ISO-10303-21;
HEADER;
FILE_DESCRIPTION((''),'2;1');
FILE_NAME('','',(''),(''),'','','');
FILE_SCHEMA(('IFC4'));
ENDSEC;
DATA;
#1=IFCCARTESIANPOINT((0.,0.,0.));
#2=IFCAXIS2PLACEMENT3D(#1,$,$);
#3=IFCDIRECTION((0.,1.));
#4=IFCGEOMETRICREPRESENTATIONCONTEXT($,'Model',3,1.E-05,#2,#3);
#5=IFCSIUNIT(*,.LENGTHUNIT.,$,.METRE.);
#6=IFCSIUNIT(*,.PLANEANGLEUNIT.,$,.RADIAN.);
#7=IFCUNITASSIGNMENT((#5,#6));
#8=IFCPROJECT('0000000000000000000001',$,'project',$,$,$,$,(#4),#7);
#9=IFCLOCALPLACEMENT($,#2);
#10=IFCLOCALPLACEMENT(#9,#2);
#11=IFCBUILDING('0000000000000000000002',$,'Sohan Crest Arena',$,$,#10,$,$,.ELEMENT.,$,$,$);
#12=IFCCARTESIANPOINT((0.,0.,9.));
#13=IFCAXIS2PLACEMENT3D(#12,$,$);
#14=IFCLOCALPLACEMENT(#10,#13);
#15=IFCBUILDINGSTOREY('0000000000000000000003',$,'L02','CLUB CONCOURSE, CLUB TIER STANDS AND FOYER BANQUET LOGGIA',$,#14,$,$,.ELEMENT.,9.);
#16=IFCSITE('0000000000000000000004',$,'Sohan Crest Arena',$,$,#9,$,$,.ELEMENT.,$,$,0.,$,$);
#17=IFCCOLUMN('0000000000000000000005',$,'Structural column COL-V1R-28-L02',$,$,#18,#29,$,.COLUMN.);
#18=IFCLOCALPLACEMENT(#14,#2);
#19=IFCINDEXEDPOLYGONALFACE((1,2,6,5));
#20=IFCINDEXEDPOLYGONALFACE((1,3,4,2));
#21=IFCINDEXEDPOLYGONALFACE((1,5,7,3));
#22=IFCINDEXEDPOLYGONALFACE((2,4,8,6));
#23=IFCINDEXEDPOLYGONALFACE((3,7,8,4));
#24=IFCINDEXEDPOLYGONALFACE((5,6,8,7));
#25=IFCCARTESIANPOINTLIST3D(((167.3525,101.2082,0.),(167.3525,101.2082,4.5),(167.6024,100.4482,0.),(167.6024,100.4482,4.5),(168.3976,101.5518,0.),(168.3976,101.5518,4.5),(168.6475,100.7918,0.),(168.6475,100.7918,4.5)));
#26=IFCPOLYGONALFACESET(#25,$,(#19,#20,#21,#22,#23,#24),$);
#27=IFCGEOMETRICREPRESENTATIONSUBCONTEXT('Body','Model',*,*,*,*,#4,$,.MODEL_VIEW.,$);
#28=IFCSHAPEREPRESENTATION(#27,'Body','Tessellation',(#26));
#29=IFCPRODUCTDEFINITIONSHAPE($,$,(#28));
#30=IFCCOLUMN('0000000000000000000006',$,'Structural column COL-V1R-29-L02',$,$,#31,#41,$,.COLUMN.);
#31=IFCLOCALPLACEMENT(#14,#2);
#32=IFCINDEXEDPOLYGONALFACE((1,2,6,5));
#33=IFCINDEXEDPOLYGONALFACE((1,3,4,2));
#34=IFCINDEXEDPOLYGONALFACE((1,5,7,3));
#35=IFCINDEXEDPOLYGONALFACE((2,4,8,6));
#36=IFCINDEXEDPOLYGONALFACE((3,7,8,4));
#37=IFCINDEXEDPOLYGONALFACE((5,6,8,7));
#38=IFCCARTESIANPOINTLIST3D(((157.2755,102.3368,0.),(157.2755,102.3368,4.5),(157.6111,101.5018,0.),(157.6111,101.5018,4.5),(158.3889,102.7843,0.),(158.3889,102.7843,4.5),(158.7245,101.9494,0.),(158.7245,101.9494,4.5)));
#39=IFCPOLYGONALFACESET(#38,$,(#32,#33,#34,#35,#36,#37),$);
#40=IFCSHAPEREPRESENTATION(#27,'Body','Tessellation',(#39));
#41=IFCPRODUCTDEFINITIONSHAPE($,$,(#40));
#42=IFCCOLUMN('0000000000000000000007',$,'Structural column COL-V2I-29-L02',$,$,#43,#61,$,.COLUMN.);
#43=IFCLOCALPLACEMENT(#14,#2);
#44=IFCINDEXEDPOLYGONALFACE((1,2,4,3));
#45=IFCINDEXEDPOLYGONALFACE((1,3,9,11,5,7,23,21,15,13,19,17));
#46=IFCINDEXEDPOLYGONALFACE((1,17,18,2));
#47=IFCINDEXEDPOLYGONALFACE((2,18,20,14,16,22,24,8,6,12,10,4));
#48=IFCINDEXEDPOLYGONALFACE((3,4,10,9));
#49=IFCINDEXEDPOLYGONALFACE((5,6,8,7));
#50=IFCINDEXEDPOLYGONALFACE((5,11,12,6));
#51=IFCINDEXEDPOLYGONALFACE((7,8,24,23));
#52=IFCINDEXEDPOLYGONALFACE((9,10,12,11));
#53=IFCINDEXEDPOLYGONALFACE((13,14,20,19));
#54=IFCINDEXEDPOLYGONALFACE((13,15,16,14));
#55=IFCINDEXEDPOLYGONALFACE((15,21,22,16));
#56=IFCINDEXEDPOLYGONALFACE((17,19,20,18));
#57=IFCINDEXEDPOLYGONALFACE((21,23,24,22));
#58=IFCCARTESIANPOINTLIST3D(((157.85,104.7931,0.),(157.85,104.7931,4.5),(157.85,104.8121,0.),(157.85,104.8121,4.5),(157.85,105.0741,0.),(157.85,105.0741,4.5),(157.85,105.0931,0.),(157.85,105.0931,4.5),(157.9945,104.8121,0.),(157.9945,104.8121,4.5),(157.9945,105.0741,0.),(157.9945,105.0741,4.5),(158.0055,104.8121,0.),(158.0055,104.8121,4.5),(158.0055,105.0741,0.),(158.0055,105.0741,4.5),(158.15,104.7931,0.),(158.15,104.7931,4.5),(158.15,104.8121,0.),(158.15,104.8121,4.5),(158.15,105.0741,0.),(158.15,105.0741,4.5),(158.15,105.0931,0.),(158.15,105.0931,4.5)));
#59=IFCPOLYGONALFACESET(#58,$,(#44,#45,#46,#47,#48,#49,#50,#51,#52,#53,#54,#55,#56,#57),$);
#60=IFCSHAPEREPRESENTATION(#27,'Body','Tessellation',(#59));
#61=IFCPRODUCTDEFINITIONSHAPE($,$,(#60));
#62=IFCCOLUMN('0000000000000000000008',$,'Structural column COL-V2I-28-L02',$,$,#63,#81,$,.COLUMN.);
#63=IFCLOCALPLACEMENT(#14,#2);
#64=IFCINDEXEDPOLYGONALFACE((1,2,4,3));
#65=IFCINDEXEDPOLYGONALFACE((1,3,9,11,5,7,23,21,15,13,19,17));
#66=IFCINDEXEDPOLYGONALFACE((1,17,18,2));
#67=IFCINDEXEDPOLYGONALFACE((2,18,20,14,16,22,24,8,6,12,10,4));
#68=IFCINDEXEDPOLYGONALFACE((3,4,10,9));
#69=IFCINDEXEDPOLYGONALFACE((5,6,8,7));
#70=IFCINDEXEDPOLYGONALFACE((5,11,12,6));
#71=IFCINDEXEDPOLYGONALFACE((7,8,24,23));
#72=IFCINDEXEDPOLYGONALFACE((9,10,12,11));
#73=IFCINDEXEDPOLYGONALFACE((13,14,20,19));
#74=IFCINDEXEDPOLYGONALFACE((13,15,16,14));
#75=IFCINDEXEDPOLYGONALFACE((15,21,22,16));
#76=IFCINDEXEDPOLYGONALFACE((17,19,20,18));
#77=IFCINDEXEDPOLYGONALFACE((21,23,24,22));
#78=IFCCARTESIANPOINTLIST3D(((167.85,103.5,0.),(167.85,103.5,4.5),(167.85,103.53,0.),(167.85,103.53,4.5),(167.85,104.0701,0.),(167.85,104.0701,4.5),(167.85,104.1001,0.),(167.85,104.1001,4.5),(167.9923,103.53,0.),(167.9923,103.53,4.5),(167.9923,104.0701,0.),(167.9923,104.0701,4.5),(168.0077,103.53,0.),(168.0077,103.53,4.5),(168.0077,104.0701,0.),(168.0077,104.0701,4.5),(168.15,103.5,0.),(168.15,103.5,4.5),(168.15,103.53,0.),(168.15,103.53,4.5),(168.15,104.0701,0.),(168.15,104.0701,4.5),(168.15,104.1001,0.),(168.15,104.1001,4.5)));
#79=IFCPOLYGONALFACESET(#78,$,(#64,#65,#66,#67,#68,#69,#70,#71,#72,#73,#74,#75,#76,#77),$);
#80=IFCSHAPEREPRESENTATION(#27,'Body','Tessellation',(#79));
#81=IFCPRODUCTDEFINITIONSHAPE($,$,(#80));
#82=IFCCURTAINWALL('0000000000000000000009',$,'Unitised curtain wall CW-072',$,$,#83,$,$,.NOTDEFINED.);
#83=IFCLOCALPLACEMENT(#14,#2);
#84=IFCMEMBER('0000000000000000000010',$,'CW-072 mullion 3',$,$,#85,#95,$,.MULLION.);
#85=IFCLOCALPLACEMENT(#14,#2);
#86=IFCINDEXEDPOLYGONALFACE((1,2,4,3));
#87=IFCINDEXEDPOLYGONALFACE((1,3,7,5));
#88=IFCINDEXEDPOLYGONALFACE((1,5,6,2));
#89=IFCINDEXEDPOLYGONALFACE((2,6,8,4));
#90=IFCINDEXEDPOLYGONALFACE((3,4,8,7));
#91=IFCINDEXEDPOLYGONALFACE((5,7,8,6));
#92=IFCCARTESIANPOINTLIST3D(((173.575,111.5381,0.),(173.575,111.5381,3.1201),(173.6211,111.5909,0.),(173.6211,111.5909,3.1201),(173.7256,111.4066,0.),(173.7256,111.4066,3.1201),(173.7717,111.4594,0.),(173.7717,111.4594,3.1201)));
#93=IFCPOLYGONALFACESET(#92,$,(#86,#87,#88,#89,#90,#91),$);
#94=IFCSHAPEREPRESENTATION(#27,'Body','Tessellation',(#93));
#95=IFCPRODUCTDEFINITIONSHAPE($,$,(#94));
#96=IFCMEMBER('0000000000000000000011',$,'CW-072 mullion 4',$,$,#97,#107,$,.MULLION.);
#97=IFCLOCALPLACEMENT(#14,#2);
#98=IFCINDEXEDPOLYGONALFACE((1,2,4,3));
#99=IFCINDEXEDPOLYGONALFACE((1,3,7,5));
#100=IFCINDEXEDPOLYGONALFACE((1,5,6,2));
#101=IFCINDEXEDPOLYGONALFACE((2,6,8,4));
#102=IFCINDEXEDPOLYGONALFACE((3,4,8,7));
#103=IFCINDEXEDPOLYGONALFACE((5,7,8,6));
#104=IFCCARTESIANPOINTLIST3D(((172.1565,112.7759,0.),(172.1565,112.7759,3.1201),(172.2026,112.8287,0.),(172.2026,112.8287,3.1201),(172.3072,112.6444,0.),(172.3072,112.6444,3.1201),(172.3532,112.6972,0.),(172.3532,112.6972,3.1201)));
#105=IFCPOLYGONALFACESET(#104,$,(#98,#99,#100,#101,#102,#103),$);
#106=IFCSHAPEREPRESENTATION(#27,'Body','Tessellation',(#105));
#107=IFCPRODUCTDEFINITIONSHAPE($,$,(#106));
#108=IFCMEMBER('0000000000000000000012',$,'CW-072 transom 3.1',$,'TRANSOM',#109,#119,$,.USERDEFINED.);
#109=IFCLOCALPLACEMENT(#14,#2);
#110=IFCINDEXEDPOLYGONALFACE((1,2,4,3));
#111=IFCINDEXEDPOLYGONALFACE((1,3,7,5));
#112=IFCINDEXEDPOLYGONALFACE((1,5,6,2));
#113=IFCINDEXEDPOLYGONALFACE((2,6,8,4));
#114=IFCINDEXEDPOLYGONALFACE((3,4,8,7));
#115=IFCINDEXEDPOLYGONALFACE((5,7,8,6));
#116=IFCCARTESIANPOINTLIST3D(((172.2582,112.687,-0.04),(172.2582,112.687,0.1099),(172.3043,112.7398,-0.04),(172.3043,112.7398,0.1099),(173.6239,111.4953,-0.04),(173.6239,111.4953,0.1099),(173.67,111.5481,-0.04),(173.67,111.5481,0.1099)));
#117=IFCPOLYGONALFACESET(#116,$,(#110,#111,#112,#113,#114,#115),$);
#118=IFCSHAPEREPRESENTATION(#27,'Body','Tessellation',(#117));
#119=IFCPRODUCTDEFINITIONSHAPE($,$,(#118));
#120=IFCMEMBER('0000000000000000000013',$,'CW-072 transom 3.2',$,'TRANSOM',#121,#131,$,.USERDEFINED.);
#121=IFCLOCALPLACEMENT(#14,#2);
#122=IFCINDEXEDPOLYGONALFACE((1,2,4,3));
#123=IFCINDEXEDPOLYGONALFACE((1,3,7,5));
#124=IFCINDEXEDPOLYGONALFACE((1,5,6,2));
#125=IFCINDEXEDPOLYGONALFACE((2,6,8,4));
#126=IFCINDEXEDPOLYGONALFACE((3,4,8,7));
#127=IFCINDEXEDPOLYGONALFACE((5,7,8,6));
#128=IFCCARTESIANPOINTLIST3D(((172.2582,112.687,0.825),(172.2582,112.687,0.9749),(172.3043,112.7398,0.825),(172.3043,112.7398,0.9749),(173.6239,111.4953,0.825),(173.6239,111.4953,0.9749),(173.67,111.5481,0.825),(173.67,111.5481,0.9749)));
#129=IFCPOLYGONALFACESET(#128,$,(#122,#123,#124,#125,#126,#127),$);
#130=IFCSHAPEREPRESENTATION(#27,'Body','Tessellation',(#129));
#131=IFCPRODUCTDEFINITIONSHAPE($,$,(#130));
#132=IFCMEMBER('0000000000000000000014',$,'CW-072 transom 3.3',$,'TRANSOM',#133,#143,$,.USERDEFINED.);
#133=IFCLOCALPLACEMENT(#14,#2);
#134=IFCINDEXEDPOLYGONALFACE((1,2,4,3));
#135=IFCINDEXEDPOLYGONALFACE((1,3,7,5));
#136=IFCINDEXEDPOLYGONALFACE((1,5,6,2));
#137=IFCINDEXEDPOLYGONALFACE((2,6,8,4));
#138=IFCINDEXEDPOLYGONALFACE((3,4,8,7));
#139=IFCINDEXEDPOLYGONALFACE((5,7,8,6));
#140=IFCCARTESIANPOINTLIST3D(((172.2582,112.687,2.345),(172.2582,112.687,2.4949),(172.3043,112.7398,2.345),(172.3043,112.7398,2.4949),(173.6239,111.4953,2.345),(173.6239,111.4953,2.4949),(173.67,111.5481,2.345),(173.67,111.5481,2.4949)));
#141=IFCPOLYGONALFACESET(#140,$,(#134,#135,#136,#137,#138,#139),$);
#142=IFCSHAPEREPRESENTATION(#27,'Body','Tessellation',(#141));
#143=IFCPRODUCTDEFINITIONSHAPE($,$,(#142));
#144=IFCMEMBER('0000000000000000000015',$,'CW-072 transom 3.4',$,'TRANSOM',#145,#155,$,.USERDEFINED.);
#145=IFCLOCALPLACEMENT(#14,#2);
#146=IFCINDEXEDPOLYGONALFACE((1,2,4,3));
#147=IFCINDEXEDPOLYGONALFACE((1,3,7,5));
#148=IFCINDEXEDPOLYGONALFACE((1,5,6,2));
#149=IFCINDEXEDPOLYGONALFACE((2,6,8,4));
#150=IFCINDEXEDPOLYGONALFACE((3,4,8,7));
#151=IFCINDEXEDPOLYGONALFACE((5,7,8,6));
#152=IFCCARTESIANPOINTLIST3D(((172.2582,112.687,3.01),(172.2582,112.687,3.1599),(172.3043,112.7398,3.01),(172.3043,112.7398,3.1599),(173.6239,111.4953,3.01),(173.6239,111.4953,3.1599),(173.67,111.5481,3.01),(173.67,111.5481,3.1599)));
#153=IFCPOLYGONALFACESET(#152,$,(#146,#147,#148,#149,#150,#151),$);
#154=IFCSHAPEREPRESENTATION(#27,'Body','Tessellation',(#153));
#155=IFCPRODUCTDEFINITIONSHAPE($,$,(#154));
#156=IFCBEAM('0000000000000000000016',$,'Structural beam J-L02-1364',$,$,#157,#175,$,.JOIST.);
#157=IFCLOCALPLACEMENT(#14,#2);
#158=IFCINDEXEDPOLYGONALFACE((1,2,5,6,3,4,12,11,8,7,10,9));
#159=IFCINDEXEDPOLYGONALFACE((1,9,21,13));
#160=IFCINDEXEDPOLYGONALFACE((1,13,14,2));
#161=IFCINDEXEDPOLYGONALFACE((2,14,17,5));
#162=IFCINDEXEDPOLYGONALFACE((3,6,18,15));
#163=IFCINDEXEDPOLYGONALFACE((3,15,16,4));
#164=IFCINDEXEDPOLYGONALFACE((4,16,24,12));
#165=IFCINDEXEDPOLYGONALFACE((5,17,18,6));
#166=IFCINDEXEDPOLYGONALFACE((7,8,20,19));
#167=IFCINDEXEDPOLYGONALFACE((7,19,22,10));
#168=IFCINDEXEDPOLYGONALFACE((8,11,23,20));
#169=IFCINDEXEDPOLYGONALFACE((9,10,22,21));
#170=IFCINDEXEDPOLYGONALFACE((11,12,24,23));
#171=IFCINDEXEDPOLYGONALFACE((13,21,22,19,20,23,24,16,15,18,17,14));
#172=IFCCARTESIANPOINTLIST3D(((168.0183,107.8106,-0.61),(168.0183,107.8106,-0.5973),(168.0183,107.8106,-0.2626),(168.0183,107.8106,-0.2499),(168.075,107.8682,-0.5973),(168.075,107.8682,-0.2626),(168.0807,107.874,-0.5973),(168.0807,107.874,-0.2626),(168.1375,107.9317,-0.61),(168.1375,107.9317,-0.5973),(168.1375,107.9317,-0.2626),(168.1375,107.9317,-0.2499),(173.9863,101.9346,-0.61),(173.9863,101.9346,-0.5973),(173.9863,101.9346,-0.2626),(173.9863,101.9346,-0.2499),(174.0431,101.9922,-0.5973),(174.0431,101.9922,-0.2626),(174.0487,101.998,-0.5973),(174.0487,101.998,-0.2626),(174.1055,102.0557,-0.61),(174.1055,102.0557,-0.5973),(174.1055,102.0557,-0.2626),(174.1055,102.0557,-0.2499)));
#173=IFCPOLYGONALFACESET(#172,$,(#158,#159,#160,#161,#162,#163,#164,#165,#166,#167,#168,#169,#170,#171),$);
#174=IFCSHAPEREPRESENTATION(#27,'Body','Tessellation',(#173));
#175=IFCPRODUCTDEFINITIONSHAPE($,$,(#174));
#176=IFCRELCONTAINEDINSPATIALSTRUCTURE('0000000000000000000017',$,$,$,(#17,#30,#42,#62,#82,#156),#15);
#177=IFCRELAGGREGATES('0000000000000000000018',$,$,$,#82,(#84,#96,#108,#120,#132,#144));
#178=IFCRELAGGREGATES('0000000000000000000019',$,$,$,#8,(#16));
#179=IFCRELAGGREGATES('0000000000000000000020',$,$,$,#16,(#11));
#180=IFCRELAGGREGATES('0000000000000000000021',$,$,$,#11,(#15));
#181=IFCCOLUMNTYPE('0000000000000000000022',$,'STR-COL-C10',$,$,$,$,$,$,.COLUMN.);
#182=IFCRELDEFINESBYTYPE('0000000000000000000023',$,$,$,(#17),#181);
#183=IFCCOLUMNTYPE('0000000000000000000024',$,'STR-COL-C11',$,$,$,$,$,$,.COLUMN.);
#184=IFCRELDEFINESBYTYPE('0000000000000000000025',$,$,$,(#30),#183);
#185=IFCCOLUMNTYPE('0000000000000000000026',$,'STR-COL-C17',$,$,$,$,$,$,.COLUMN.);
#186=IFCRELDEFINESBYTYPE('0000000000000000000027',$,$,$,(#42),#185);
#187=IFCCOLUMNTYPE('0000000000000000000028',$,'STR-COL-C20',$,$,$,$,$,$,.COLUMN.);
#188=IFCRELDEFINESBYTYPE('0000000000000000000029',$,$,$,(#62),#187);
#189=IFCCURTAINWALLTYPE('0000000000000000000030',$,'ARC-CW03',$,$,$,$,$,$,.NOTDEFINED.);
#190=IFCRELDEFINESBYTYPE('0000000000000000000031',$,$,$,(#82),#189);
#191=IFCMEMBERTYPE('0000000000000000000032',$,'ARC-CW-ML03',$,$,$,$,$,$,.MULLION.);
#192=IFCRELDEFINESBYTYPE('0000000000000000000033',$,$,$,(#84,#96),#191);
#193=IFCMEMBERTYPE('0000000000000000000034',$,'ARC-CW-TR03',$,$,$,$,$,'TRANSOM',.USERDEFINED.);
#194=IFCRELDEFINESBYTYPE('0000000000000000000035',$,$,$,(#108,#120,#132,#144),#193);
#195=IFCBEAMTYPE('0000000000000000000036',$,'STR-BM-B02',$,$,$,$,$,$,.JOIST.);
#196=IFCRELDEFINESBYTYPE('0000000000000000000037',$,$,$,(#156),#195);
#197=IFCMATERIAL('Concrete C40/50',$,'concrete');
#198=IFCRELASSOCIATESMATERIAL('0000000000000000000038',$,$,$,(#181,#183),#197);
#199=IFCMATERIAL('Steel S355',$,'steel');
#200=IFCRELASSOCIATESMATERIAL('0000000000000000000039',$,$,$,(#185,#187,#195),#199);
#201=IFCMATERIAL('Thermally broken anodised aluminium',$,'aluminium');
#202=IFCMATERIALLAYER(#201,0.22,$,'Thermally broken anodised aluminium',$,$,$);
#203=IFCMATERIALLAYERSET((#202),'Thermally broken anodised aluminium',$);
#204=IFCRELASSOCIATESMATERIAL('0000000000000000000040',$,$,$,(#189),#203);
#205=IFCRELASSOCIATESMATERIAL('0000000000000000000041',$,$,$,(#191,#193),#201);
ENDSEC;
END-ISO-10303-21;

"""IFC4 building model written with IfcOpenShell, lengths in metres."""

from ifc_helpers import new_model, si_unit, direction, frame, origin, origin_2d, place, context, subcontext, project, spatial, rectangle, i_section, extrude, material, layer, layer_set, material_profile, profile_set, type_object, element, aggregate, save


model = new_model("IFC4")

# Units and contexts
model_context = context("Model", 3, precision=1e-05, world=origin(), true_north=direction((0.0, 1.0)))
body_context = subcontext(model_context, "Body", "Model", "MODEL_VIEW")
ifc_project = project(units=[si_unit("LENGTHUNIT", "METRE"), si_unit("PLANEANGLEUNIT", "RADIAN")], contexts=[model_context])

# Site, building, storey
site_placement = place(None, origin())
site = spatial("IfcSite", under=ifc_project, at=site_placement, Name="Sohan Crest Arena", CompositionType="ELEMENT", RefElevation=0.0)
building_placement = place(site_placement, origin())
building = spatial("IfcBuilding", under=site, at=building_placement, Name="Sohan Crest Arena", CompositionType="ELEMENT")
storey_placement = place(building_placement, frame((0.0, 0.0, 9.0)))
storey = spatial("IfcBuildingStorey", under=building, at=storey_placement, Name="L02", Description="CLUB CONCOURSE, CLUB TIER STANDS AND FOYER BANQUET LOGGIA", CompositionType="ELEMENT", Elevation=9.0)

# Columns
ifc_material_1 = material(Name="Concrete C40/50", Category="concrete")
ifc_material_profile_1 = material_profile(ifc_material_1, rectangle(XDim=1.1001, YDim=0.8, at=origin_2d()), Name="RC 1100x800")
ifc_profile_set_1 = profile_set([ifc_material_profile_1], Name="Concrete C40/50")
column_type_1 = type_object("IfcColumnType", Name="STR-COL-C10", PredefinedType="COLUMN", material=ifc_profile_set_1)
column_1_placement = place(storey_placement, frame((168.0, 101.0, 0.0), z_axis=(0.0, 0.0, 1.0), x_axis=(0.949972, 0.312335, 0.0)))
element("IfcColumn", 1, at=column_1_placement, inside=storey, type_object=column_type_1, Name="Structural column COL-V1R-28-L02", PredefinedType="COLUMN", context=body_context, shape_type="SweptSolid", body=[
    extrude(rectangle(XDim=1.1001, YDim=0.8, at=origin_2d()), origin(), (0.0, 0.0, 1.0), 4.5),
])
ifc_material_profile_2 = material_profile(ifc_material_1, rectangle(XDim=1.2, YDim=0.8999, at=origin_2d()), Name="RC 1200x900")
ifc_profile_set_2 = profile_set([ifc_material_profile_2], Name="Concrete C40/50")
column_type_2 = type_object("IfcColumnType", Name="STR-COL-C11", PredefinedType="COLUMN", material=ifc_profile_set_2)
column_2_placement = place(storey_placement, frame((158.0, 102.1431, 0.0), z_axis=(0.0, 0.0, 1.0), x_axis=(0.927836, 0.372988, 0.0)))
element("IfcColumn", 2, at=column_2_placement, inside=storey, type_object=column_type_2, Name="Structural column COL-V1R-29-L02", PredefinedType="COLUMN", context=body_context, shape_type="SweptSolid", body=[
    extrude(rectangle(XDim=1.2, YDim=0.8999, at=origin_2d()), origin(), (0.0, 0.0, 1.0), 4.5),
])
ifc_material_2 = material(Name="Steel S355", Category="steel")
ifc_material_profile_3 = material_profile(ifc_material_2, i_section(OverallWidth=0.3, OverallDepth=0.3, WebThickness=0.011, FlangeThickness=0.019, at=origin_2d()), Name="HEB 300")
ifc_profile_set_3 = profile_set([ifc_material_profile_3], Name="Steel S355")
column_type_3 = type_object("IfcColumnType", Name="STR-COL-C17", PredefinedType="COLUMN", material=ifc_profile_set_3)
column_3_placement = place(storey_placement, frame((158.0, 104.9431, 0.0), z_axis=(0.0, 0.0, 1.0), x_axis=(1.0, 0.0, 0.0)))
element("IfcColumn", 3, at=column_3_placement, inside=storey, type_object=column_type_3, Name="Structural column COL-V2I-29-L02", PredefinedType="COLUMN", context=body_context, shape_type="SweptSolid", body=[
    extrude(i_section(OverallWidth=0.3, OverallDepth=0.3, WebThickness=0.011, FlangeThickness=0.019, at=origin_2d()), origin(), (0.0, 0.0, 1.0), 4.5),
])
ifc_material_profile_4 = material_profile(ifc_material_2, i_section(OverallWidth=0.3, OverallDepth=0.6001, WebThickness=0.0154, FlangeThickness=0.03, at=origin_2d()), Name="HEB 600")
ifc_profile_set_4 = profile_set([ifc_material_profile_4], Name="Steel S355")
column_type_4 = type_object("IfcColumnType", Name="STR-COL-C20", PredefinedType="COLUMN", material=ifc_profile_set_4)
column_4_placement = place(storey_placement, frame((168.0, 103.8, 0.0), z_axis=(0.0, 0.0, 1.0), x_axis=(1.0, 0.0, 0.0)))
element("IfcColumn", 4, at=column_4_placement, inside=storey, type_object=column_type_4, Name="Structural column COL-V2I-28-L02", PredefinedType="COLUMN", context=body_context, shape_type="SweptSolid", body=[
    extrude(i_section(OverallWidth=0.3, OverallDepth=0.6001, WebThickness=0.0154, FlangeThickness=0.03, at=origin_2d()), origin(), (0.0, 0.0, 1.0), 4.5),
])

# Curtain wall, members
ifc_material_3 = material(Name="Thermally broken anodised aluminium", Category="aluminium")
ifc_layer_1 = layer(ifc_material_3, 0.22, Name="Thermally broken anodised aluminium")
ifc_layer_set_1 = layer_set([ifc_layer_1], Name="Thermally broken anodised aluminium")
curtain_wall_type = type_object("IfcCurtainWallType", Name="ARC-CW03", PredefinedType="NOTDEFINED", material=ifc_layer_set_1)
curtain_wall_placement = place(storey_placement, origin())
curtain_wall = element("IfcCurtainWall", 5, at=curtain_wall_placement, inside=storey, type_object=curtain_wall_type, Name="Unitised curtain wall CW-072", PredefinedType="NOTDEFINED")
ifc_material_profile_5 = material_profile(ifc_material_3, rectangle(XDim=0.0701, YDim=0.2, at=origin_2d()), Name="ALU-MULL 70x200")
ifc_profile_set_5 = profile_set([ifc_material_profile_5], Name="Thermally broken anodised aluminium")
member_type_1 = type_object("IfcMemberType", Name="ARC-CW-ML03", PredefinedType="MULLION", material=ifc_profile_set_5)
member_1_placement = place(storey_placement, frame((173.6733, 111.4988, 0.0), z_axis=(0.0, 0.0, 1.0), x_axis=(-0.657539, -0.753421, 0.0)))
member_1 = element("IfcMember", 6, at=member_1_placement, type_object=member_type_1, Name="CW-072 mullion 3", PredefinedType="MULLION", context=body_context, shape_type="SweptSolid", body=[
    extrude(rectangle(XDim=0.0701, YDim=0.2, at=origin_2d()), origin(), (0.0, 0.0, 1.0), 3.1201),
])
member_2_placement = place(storey_placement, frame((172.2549, 112.7366, 0.0), z_axis=(0.0, 0.0, 1.0), x_axis=(-0.657539, -0.753421, 0.0)))
member_2 = element("IfcMember", 7, at=member_2_placement, type_object=member_type_1, Name="CW-072 mullion 4", PredefinedType="MULLION", context=body_context, shape_type="SweptSolid", body=[
    extrude(rectangle(XDim=0.0701, YDim=0.2, at=origin_2d()), origin(), (0.0, 0.0, 1.0), 3.1201),
])
ifc_material_profile_6 = material_profile(ifc_material_3, rectangle(XDim=0.0701, YDim=0.1499, at=origin_2d()), Name="ALU-TRAN 70x150")
ifc_profile_set_6 = profile_set([ifc_material_profile_6], Name="Thermally broken anodised aluminium")
member_type_2 = type_object("IfcMemberType", Name="ARC-CW-TR03", ElementType="TRANSOM", PredefinedType="USERDEFINED", material=ifc_profile_set_6)
member_3_placement = place(storey_placement, frame((173.647, 111.5217, 0.0349), z_axis=(-0.753494, 0.657455, 0.0), x_axis=(-0.657455, -0.753494, 0.0)))
member_3 = element("IfcMember", 8, at=member_3_placement, type_object=member_type_2, Name="CW-072 transom 3.1", ObjectType="TRANSOM", PredefinedType="USERDEFINED", context=body_context, shape_type="SweptSolid", body=[
    extrude(rectangle(XDim=0.0701, YDim=0.1499, at=origin_2d()), origin(), (0.0, 0.0, 1.0), 1.8125),
])
member_4_placement = place(storey_placement, frame((173.647, 111.5217, 0.8999), z_axis=(-0.753494, 0.657455, 0.0), x_axis=(-0.657455, -0.753494, 0.0)))
member_4 = element("IfcMember", 9, at=member_4_placement, type_object=member_type_2, Name="CW-072 transom 3.2", ObjectType="TRANSOM", PredefinedType="USERDEFINED", context=body_context, shape_type="SweptSolid", body=[
    extrude(rectangle(XDim=0.0701, YDim=0.1499, at=origin_2d()), origin(), (0.0, 0.0, 1.0), 1.8125),
])
member_5_placement = place(storey_placement, frame((173.647, 111.5217, 2.4199), z_axis=(-0.753494, 0.657455, 0.0), x_axis=(-0.657455, -0.753494, 0.0)))
member_5 = element("IfcMember", 10, at=member_5_placement, type_object=member_type_2, Name="CW-072 transom 3.3", ObjectType="TRANSOM", PredefinedType="USERDEFINED", context=body_context, shape_type="SweptSolid", body=[
    extrude(rectangle(XDim=0.0701, YDim=0.1499, at=origin_2d()), origin(), (0.0, 0.0, 1.0), 1.8125),
])
member_6_placement = place(storey_placement, frame((173.647, 111.5217, 3.085), z_axis=(-0.753494, 0.657455, 0.0), x_axis=(-0.657455, -0.753494, 0.0)))
member_6 = element("IfcMember", 11, at=member_6_placement, type_object=member_type_2, Name="CW-072 transom 3.4", ObjectType="TRANSOM", PredefinedType="USERDEFINED", context=body_context, shape_type="SweptSolid", body=[
    extrude(rectangle(XDim=0.0701, YDim=0.1499, at=origin_2d()), origin(), (0.0, 0.0, 1.0), 1.8125),
])

# Beam
ifc_material_profile_7 = material_profile(ifc_material_2, i_section(OverallWidth=0.1699, OverallDepth=0.3601, WebThickness=0.0081, FlangeThickness=0.0127, at=origin_2d()), Name="IPE 360")
ifc_profile_set_7 = profile_set([ifc_material_profile_7], Name="Steel S355")
beam_type_1 = type_object("IfcBeamType", Name="STR-BM-B02", PredefinedType="JOIST", material=ifc_profile_set_7)
beam_1_placement = place(storey_placement, frame((174.0459, 101.9951, -0.4299), z_axis=(-0.71258, 0.701591, 0.0), x_axis=(-0.701591, -0.71258, 0.0)))
element("IfcBeam", 12, at=beam_1_placement, inside=storey, type_object=beam_type_1, Name="Structural beam J-L02-1364", PredefinedType="JOIST", context=body_context, shape_type="SweptSolid", body=[
    extrude(i_section(OverallWidth=0.1699, OverallDepth=0.3601, WebThickness=0.0081, FlangeThickness=0.0127, at=origin_2d()), origin(), (0.0, 0.0, 1.0), 8.3752),
])

aggregate(curtain_wall, [member_1, member_2, member_3, member_4, member_5, member_6])

save(model, "model.ifc")
